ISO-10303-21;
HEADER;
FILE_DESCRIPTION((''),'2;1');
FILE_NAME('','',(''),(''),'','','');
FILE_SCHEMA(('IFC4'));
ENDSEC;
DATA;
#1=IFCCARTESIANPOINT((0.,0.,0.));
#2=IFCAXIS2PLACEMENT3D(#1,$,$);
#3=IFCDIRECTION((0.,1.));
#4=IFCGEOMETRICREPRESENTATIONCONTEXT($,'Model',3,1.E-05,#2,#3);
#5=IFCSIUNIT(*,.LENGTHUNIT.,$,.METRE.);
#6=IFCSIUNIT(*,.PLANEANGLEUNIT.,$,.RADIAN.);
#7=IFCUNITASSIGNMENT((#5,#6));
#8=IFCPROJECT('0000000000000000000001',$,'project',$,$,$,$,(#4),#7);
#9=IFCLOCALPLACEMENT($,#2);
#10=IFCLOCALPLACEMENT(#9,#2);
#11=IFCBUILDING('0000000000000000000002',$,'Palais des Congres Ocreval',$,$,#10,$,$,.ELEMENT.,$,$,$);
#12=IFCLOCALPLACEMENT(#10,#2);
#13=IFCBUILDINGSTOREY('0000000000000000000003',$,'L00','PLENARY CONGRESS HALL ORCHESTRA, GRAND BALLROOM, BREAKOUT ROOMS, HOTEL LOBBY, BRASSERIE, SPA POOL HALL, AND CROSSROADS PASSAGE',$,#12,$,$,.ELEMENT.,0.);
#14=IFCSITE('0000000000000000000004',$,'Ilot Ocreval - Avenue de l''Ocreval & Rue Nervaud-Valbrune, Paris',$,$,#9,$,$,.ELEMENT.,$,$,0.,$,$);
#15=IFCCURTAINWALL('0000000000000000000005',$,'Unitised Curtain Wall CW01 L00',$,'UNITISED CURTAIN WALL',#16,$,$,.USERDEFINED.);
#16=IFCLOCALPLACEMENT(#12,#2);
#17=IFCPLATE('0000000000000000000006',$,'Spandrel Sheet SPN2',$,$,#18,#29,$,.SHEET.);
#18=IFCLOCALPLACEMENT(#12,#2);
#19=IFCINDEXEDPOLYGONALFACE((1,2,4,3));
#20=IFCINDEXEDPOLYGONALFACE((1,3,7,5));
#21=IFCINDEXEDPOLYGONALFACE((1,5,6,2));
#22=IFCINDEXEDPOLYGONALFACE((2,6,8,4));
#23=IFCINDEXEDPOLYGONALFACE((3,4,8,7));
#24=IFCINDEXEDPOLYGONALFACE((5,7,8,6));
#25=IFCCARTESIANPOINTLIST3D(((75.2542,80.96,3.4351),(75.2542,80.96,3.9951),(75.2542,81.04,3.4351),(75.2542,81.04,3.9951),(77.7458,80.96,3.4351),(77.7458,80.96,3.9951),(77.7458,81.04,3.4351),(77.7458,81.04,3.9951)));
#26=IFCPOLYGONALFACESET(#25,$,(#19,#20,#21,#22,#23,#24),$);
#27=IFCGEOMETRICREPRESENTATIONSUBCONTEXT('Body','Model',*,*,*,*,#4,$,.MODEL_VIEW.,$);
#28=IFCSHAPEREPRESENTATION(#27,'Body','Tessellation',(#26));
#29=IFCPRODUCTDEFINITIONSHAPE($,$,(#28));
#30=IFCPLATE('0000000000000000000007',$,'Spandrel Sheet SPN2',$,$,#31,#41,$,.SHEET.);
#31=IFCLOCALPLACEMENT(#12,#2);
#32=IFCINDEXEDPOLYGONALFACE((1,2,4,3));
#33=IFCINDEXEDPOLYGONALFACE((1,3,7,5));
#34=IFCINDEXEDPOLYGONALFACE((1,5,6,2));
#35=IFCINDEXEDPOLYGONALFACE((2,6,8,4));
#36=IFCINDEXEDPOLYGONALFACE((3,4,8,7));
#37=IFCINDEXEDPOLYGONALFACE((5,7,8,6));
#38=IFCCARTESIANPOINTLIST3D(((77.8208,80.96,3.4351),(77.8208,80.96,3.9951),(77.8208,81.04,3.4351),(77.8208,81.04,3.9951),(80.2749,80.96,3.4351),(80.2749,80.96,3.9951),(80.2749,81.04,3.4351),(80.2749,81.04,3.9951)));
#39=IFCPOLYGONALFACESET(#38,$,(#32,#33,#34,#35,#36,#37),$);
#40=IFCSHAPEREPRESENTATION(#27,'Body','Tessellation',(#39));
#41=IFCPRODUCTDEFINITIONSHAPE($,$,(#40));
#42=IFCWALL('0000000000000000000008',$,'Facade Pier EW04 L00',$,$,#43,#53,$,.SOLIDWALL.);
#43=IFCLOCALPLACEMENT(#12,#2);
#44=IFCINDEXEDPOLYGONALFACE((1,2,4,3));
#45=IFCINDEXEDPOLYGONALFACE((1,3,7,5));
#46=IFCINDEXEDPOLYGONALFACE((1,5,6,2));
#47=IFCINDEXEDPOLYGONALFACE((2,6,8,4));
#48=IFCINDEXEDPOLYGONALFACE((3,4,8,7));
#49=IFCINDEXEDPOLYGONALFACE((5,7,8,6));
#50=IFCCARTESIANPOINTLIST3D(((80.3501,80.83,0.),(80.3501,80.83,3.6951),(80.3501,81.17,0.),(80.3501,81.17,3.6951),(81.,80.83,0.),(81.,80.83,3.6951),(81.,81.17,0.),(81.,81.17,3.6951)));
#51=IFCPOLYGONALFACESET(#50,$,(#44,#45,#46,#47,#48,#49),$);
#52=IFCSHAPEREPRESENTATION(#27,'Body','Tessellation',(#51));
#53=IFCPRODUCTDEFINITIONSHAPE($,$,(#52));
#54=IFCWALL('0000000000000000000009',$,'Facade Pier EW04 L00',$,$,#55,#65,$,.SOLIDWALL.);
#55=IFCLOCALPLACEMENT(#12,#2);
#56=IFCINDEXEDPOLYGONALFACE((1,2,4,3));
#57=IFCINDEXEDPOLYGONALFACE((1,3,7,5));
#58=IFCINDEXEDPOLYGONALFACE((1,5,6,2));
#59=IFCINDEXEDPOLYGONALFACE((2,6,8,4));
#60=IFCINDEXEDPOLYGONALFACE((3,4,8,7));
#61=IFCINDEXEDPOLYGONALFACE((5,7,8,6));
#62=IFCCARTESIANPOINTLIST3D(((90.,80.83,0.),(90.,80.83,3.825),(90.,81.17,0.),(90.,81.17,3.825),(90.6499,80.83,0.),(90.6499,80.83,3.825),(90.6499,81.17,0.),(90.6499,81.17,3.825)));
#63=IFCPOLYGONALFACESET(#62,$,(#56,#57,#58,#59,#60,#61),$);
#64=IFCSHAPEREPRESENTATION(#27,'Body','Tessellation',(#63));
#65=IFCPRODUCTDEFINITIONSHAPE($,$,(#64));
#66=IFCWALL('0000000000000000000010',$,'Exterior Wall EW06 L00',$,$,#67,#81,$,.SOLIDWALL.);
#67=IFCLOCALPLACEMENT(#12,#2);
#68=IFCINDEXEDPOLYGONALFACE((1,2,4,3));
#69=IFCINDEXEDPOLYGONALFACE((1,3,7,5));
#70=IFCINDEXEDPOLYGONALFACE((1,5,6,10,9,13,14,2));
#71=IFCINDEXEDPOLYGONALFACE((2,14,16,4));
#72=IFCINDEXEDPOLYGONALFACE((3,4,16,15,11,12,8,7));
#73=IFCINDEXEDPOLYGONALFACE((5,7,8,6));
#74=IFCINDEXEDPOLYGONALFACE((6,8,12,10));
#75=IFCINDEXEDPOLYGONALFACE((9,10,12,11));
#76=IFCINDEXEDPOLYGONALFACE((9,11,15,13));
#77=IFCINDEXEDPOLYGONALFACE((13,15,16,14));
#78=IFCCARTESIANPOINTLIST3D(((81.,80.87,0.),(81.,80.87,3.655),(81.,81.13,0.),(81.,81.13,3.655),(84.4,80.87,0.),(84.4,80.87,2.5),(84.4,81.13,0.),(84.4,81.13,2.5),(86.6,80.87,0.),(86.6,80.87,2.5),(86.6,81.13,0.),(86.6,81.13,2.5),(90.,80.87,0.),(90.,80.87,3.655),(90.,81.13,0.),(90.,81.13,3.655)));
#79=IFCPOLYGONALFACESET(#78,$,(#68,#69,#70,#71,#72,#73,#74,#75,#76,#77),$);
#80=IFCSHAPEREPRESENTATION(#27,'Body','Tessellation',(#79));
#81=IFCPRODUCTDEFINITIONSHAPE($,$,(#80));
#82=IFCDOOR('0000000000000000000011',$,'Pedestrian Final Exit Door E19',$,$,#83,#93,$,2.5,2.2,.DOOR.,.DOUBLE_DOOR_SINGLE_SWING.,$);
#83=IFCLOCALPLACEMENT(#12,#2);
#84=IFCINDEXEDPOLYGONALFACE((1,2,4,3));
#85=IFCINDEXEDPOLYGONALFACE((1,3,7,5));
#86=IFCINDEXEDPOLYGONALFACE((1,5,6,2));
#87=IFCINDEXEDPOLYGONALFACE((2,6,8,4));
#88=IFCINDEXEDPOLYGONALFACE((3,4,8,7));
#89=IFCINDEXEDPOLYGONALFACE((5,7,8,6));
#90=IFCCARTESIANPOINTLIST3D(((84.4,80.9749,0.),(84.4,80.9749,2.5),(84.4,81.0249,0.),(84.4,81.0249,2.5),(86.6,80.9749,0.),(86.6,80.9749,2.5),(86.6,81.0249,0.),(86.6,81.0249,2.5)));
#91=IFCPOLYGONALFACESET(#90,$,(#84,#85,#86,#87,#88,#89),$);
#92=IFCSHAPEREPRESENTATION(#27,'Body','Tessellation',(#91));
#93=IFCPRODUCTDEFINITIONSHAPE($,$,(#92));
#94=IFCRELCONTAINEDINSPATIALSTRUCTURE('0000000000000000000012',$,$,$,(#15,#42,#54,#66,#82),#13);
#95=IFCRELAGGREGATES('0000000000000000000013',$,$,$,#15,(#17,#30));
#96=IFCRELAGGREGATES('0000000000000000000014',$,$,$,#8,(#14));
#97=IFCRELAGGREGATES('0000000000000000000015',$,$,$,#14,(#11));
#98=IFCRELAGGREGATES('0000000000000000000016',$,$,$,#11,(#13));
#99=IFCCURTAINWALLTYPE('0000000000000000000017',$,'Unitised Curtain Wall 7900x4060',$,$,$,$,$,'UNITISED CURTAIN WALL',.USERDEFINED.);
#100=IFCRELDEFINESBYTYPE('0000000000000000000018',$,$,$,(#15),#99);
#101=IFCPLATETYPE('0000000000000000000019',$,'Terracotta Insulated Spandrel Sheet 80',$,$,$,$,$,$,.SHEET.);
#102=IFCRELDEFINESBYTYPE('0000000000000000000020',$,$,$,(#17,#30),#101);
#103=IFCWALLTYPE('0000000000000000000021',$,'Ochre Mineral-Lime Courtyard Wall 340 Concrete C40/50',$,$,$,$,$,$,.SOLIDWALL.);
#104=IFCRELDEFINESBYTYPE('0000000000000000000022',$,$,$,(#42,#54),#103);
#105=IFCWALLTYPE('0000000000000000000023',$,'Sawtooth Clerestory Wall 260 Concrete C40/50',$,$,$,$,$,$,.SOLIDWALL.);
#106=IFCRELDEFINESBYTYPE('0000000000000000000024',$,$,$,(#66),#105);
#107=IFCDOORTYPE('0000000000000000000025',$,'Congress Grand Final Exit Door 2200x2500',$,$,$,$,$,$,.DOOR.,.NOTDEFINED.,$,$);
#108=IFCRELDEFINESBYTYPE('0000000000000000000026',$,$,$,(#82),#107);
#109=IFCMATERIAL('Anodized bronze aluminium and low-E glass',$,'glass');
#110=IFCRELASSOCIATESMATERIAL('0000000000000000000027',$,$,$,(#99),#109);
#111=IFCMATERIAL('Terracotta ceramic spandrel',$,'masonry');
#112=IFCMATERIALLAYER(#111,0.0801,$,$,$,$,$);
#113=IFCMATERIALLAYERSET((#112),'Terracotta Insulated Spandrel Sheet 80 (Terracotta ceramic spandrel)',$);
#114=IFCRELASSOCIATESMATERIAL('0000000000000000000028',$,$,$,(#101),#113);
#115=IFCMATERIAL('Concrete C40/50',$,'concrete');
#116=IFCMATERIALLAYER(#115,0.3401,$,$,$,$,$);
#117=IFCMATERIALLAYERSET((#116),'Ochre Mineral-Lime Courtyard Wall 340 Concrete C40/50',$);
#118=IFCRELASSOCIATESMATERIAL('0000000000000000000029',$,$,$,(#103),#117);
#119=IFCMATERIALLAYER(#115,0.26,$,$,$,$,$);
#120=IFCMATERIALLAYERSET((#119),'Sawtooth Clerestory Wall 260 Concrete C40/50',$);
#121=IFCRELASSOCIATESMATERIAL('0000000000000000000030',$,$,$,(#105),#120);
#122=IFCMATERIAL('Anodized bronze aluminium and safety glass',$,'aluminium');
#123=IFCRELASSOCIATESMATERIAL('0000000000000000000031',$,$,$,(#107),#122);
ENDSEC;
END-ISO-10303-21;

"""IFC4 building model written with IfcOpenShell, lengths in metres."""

from ifc_helpers import new_model, si_unit, direction, frame, frame_2d, origin, origin_2d, place, context, subcontext, project, spatial, rectangle, extrude, material, layer, layer_set, type_object, element, fill, aggregate, save


model = new_model("IFC4")

# Units and contexts
model_context = context("Model", 3, precision=1e-05, world=origin(), true_north=direction((0.0, 1.0)))
body_context = subcontext(model_context, "Body", "Model", "MODEL_VIEW")
ifc_project = project(units=[si_unit("LENGTHUNIT", "METRE"), si_unit("PLANEANGLEUNIT", "RADIAN")], contexts=[model_context])

# Site, building, storey
site_placement = place(None, origin())
site = spatial("IfcSite", under=ifc_project, at=site_placement, Name="Ilot Ocreval - Avenue de l'Ocreval & Rue Nervaud-Valbrune, Paris", CompositionType="ELEMENT", RefElevation=0.0)
building_placement = place(site_placement, origin())
building = spatial("IfcBuilding", under=site, at=building_placement, Name="Palais des Congres Ocreval", CompositionType="ELEMENT")
storey_placement = place(building_placement, origin())
storey = spatial("IfcBuildingStorey", under=building, at=storey_placement, Name="L00", Description="PLENARY CONGRESS HALL ORCHESTRA, GRAND BALLROOM, BREAKOUT ROOMS, HOTEL LOBBY, BRASSERIE, SPA POOL HALL, AND CROSSROADS PASSAGE", CompositionType="ELEMENT", Elevation=0.0)

# Curtain wall
ifc_material_1 = material(Name="Anodized bronze aluminium and low-E glass", Category="glass")
curtain_wall_type = type_object("IfcCurtainWallType", Name="Unitised Curtain Wall 7900x4060", ElementType="UNITISED CURTAIN WALL", PredefinedType="USERDEFINED", material=ifc_material_1)
curtain_wall_1_placement = place(storey_placement, origin())
curtain_wall_1 = element("IfcCurtainWall", 1, at=curtain_wall_1_placement, inside=storey, type_object=curtain_wall_type, Name="Unitised Curtain Wall CW01 L00", ObjectType="UNITISED CURTAIN WALL", PredefinedType="USERDEFINED")

# Plates
ifc_material_2 = material(Name="Terracotta ceramic spandrel", Category="masonry")
ifc_layer_1 = layer(ifc_material_2, 0.0801)
ifc_layer_set_1 = layer_set([ifc_layer_1], Name="Terracotta Insulated Spandrel Sheet 80 (Terracotta ceramic spandrel)")
plate_type_1 = type_object("IfcPlateType", Name="Terracotta Insulated Spandrel Sheet 80", PredefinedType="SHEET", material=ifc_layer_set_1)
plate_1_placement = place(storey_placement, frame((76.5, 81.0, 3.4351), z_axis=(0.0, 0.0, 1.0), x_axis=(1.0, 0.0, 0.0)))
plate_1 = element("IfcPlate", 2, at=plate_1_placement, type_object=plate_type_1, Name="Spandrel Sheet SPN2", PredefinedType="SHEET", context=body_context, shape_type="SweptSolid", body=[
    extrude(rectangle(XDim=2.4917, YDim=0.0801, at=origin_2d()), origin(), (0.0, 0.0, 1.0), 0.5601),
])
plate_2_placement = place(storey_placement, frame((79.0479, 81.0, 3.4351), z_axis=(0.0, 0.0, 1.0), x_axis=(1.0, 0.0, 0.0)))
plate_2 = element("IfcPlate", 3, at=plate_2_placement, type_object=plate_type_1, Name="Spandrel Sheet SPN2", PredefinedType="SHEET", context=body_context, shape_type="SweptSolid", body=[
    extrude(rectangle(XDim=2.4541, YDim=0.0801, at=origin_2d()), origin(), (0.0, 0.0, 1.0), 0.5601),
])
aggregate(curtain_wall_1, [plate_1, plate_2])

# Walls
ifc_material_3 = material(Name="Concrete C40/50", Category="concrete")
ifc_layer_2 = layer(ifc_material_3, 0.3401)
ifc_layer_set_2 = layer_set([ifc_layer_2], Name="Ochre Mineral-Lime Courtyard Wall 340 Concrete C40/50")
wall_type_1 = type_object("IfcWallType", Name="Ochre Mineral-Lime Courtyard Wall 340 Concrete C40/50", PredefinedType="SOLIDWALL", material=ifc_layer_set_2)
wall_1_placement = place(storey_placement, frame((80.3501, 81.0, 0.0), z_axis=(0.0, 0.0, 1.0), x_axis=(1.0, 0.0, 0.0)))
element("IfcWall", 4, at=wall_1_placement, inside=storey, type_object=wall_type_1, Name="Facade Pier EW04 L00", PredefinedType="SOLIDWALL", context=body_context, shape_type="SweptSolid", body=[
    extrude(rectangle(XDim=0.6499, YDim=0.3401, at=frame_2d((0.325, 0.0))), origin(), (0.0, 0.0, 1.0), 3.6951),
])
wall_2_placement = place(storey_placement, frame((90.0, 81.0, 0.0), z_axis=(0.0, 0.0, 1.0), x_axis=(1.0, 0.0, 0.0)))
element("IfcWall", 5, at=wall_2_placement, inside=storey, type_object=wall_type_1, Name="Facade Pier EW04 L00", PredefinedType="SOLIDWALL", context=body_context, shape_type="SweptSolid", body=[
    extrude(rectangle(XDim=0.6499, YDim=0.3401, at=frame_2d((0.325, 0.0))), origin(), (0.0, 0.0, 1.0), 3.825),
])

# Wall, opening, door
ifc_layer_3 = layer(ifc_material_3, 0.26)
ifc_layer_set_3 = layer_set([ifc_layer_3], Name="Sawtooth Clerestory Wall 260 Concrete C40/50")
wall_type_2 = type_object("IfcWallType", Name="Sawtooth Clerestory Wall 260 Concrete C40/50", PredefinedType="SOLIDWALL", material=ifc_layer_set_3)
wall_3_placement = place(storey_placement, frame((81.0, 81.0, 0.0), z_axis=(0.0, 0.0, 1.0), x_axis=(1.0, 0.0, 0.0)))
wall_3 = element("IfcWall", 6, at=wall_3_placement, inside=storey, type_object=wall_type_2, Name="Exterior Wall EW06 L00", PredefinedType="SOLIDWALL", context=body_context, shape_type="SweptSolid", body=[
    extrude(rectangle(XDim=9.0, YDim=0.26, at=frame_2d((4.5, 0.0))), origin(), (0.0, 0.0, 1.0), 3.655),
])
opening_placement = place(wall_3_placement, frame((3.3999, 0.0, 0.0)))
opening = element("IfcOpeningElement", 7, at=opening_placement, cuts=wall_3, PredefinedType="OPENING", context=body_context, shape_type="SweptSolid", body=[
    extrude(rectangle(XDim=2.2, YDim=2.5, at=frame_2d((1.1001, 1.25))), frame((0.0, 0.1399, 0.0), z_axis=(0.0, -1.0, 0.0), x_axis=(1.0, 0.0, 0.0)), (0.0, 0.0, 1.0), 0.28),
])
ifc_material_4 = material(Name="Anodized bronze aluminium and safety glass", Category="aluminium")
door_type = type_object("IfcDoorType", Name="Congress Grand Final Exit Door 2200x2500", OperationType="NOTDEFINED", PredefinedType="DOOR", material=ifc_material_4)
door_placement = place(opening_placement, origin())
door = element("IfcDoor", 8, at=door_placement, inside=storey, type_object=door_type, Name="Pedestrian Final Exit Door E19", OperationType="DOUBLE_DOOR_SINGLE_SWING", OverallHeight=2.5, OverallWidth=2.2, PredefinedType="DOOR", context=body_context, shape_type="SweptSolid", body=[
    extrude(rectangle(XDim=2.2, YDim=2.5, at=frame_2d((1.1001, 1.25))), frame((0.0, 0.0249, 0.0), z_axis=(0.0, -1.0, 0.0), x_axis=(1.0, 0.0, 0.0)), (0.0, 0.0, 1.0), 0.05),
])
fill(opening, door)

save(model, "model.ifc")
